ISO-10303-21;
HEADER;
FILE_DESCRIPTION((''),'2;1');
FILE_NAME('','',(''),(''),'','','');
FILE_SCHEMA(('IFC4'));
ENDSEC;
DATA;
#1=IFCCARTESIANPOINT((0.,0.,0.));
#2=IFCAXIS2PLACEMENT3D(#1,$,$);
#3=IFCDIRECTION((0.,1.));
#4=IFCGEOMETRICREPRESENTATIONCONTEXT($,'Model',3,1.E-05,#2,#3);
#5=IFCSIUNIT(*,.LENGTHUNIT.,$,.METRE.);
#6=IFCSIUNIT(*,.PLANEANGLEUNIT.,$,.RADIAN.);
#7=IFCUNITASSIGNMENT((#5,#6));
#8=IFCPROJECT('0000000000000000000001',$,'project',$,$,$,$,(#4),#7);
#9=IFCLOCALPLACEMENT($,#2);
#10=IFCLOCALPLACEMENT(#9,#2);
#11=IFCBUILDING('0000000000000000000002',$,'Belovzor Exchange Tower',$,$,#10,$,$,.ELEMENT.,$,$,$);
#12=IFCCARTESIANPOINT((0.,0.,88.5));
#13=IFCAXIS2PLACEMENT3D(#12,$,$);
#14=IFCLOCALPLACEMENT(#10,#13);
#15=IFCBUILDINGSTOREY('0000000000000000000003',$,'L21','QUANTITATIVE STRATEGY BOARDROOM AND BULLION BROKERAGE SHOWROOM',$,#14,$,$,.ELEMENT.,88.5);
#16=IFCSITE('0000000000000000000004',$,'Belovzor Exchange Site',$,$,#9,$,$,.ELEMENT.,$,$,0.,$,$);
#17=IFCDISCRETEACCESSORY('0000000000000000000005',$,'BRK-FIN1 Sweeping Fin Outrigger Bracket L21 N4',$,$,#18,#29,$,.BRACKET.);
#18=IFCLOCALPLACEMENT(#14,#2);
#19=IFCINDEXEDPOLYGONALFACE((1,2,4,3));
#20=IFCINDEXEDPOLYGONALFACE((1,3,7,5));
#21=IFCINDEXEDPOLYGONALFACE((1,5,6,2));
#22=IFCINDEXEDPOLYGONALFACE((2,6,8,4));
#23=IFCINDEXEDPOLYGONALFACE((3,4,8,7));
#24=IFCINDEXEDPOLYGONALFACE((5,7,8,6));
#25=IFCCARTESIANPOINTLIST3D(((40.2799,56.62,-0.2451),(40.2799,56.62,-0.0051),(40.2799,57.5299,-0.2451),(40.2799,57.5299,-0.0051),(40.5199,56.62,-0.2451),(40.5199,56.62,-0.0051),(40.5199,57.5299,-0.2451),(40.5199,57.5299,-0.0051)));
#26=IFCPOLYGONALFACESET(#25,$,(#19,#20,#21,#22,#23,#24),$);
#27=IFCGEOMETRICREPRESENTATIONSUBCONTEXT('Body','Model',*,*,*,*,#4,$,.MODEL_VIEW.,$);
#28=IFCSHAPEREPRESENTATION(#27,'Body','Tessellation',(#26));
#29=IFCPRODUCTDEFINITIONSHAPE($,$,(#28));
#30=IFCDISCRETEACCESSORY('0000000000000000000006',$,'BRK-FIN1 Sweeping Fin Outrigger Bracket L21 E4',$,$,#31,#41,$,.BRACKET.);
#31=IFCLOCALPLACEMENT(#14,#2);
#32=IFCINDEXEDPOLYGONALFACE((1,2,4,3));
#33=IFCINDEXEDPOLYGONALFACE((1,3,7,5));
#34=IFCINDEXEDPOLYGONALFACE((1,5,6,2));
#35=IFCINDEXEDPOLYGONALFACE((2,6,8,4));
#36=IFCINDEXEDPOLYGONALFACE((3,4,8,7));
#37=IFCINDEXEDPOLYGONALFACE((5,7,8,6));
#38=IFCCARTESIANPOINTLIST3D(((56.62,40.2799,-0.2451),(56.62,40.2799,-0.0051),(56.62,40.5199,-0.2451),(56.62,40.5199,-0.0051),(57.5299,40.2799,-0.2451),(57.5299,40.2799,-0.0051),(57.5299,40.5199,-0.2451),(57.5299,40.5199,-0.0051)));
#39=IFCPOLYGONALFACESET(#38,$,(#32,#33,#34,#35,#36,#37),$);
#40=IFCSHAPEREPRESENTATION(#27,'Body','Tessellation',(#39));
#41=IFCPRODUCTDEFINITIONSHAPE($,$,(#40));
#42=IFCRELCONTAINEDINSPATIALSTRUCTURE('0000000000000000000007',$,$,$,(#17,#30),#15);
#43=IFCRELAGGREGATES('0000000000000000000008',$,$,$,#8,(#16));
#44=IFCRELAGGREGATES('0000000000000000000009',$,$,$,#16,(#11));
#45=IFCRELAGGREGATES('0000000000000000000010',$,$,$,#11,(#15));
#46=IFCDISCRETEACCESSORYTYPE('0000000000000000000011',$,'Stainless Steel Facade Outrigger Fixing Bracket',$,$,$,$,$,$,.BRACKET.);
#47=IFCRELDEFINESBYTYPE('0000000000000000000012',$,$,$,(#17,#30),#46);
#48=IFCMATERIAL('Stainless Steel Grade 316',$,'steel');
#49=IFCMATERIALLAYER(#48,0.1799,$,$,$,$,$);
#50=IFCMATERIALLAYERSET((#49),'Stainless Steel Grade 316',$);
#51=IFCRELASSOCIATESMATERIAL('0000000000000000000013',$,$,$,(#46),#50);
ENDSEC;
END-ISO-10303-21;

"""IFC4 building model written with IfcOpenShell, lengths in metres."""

from ifc_helpers import new_model, si_unit, direction, frame, origin, origin_2d, place, context, subcontext, project, spatial, rectangle, extrude, material, layer, layer_set, type_object, element, save


model = new_model("IFC4")

# Units and contexts
model_context = context("Model", 3, precision=1e-05, world=origin(), true_north=direction((0.0, 1.0)))
body_context = subcontext(model_context, "Body", "Model", "MODEL_VIEW")
ifc_project = project(units=[si_unit("LENGTHUNIT", "METRE"), si_unit("PLANEANGLEUNIT", "RADIAN")], contexts=[model_context])

# Site, building, storey
site_placement = place(None, origin())
site = spatial("IfcSite", under=ifc_project, at=site_placement, Name="Belovzor Exchange Site", CompositionType="ELEMENT", RefElevation=0.0)
building_placement = place(site_placement, origin())
building = spatial("IfcBuilding", under=site, at=building_placement, Name="Belovzor Exchange Tower", CompositionType="ELEMENT")
storey_placement = place(building_placement, frame((0.0, 0.0, 88.5)))
storey = spatial("IfcBuildingStorey", under=building, at=storey_placement, Name="L21", Description="QUANTITATIVE STRATEGY BOARDROOM AND BULLION BROKERAGE SHOWROOM", CompositionType="ELEMENT", Elevation=88.5)

# Discrete accessories
ifc_material_1 = material(Name="Stainless Steel Grade 316", Category="steel")
ifc_layer_1 = layer(ifc_material_1, 0.1799)
ifc_layer_set_1 = layer_set([ifc_layer_1], Name="Stainless Steel Grade 316")
discrete_accessory_type = type_object("IfcDiscreteAccessoryType", Name="Stainless Steel Facade Outrigger Fixing Bracket", PredefinedType="BRACKET", material=ifc_layer_set_1)
for number, where, z_axis, x_axis, name in (
    (1, (40.3999, 57.075, -0.2451), (0.0, 0.0, 1.0), (0.0, 1.0, 0.0), "BRK-FIN1 Sweeping Fin Outrigger Bracket L21 N4"),
    (2, (57.075, 40.3999, -0.2451), (0.0, 0.0, 1.0), (1.0, 0.0, 0.0), "BRK-FIN1 Sweeping Fin Outrigger Bracket L21 E4"),
):
    element("IfcDiscreteAccessory", number, at=place(storey_placement, frame(where, z_axis=z_axis, x_axis=x_axis)), inside=storey, type_object=discrete_accessory_type, Name=name, PredefinedType="BRACKET", context=body_context, shape_type="SweptSolid", body=[
        extrude(rectangle(XDim=0.9099, YDim=0.24, at=origin_2d()), origin(), (0.0, 0.0, 1.0), 0.24),
    ])

save(model, "model.ifc")
